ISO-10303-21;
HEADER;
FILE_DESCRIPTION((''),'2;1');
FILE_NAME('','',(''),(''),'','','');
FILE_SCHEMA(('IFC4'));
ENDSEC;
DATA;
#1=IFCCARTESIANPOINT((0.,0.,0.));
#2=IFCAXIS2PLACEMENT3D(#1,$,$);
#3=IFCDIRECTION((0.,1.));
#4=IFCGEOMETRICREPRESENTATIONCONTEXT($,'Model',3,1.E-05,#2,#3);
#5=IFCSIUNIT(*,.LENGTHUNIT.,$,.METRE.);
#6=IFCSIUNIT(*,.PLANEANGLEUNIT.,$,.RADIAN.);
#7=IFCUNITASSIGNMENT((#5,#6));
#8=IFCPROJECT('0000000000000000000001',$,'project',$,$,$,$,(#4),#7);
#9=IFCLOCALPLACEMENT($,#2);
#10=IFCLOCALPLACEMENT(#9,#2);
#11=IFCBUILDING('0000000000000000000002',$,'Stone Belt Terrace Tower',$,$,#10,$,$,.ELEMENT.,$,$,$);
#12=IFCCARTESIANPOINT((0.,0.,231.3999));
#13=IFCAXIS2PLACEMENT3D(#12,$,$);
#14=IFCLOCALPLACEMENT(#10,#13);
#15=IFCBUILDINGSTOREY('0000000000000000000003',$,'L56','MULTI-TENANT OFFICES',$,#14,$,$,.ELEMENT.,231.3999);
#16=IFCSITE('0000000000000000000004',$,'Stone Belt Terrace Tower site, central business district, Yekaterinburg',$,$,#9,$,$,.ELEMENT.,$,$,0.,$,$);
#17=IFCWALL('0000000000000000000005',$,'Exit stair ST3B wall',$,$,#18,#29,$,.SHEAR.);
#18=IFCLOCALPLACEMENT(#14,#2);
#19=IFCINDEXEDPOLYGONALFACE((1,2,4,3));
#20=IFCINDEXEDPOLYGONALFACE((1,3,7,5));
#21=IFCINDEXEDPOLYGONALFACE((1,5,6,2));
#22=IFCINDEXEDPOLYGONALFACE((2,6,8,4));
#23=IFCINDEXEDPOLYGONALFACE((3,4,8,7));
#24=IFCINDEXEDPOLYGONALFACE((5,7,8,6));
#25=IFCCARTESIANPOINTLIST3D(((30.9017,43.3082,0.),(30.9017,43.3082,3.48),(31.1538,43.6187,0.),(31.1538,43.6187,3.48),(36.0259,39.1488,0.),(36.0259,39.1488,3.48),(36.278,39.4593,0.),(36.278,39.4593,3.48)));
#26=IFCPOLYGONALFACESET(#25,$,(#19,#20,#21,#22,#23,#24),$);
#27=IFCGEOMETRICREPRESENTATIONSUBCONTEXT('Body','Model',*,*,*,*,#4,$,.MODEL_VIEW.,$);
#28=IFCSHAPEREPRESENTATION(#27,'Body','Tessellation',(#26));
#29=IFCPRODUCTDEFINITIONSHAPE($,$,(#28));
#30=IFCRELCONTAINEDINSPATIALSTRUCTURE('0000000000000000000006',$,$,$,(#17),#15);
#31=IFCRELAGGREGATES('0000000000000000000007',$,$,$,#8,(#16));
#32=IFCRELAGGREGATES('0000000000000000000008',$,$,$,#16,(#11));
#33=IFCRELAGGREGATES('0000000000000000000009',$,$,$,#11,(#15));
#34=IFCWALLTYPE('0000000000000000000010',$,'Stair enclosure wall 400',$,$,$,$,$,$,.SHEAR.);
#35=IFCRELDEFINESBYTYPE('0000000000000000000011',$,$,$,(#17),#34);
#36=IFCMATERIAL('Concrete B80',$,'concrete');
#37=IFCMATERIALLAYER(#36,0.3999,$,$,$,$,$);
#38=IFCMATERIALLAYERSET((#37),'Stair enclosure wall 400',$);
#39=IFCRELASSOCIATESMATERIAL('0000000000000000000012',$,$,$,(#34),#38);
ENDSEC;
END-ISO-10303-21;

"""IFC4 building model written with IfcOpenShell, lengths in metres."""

from ifc_helpers import new_model, si_unit, direction, frame, frame_2d, origin, place, context, subcontext, project, spatial, rectangle, extrude, material, layer, layer_set, type_object, element, save


model = new_model("IFC4")

# Units and contexts
model_context = context("Model", 3, precision=1e-05, world=origin(), true_north=direction((0.0, 1.0)))
body_context = subcontext(model_context, "Body", "Model", "MODEL_VIEW")
ifc_project = project(units=[si_unit("LENGTHUNIT", "METRE"), si_unit("PLANEANGLEUNIT", "RADIAN")], contexts=[model_context])

# Site, building, storey
site_placement = place(None, origin())
site = spatial("IfcSite", under=ifc_project, at=site_placement, Name="Stone Belt Terrace Tower site, central business district, Yekaterinburg", CompositionType="ELEMENT", RefElevation=0.0)
building_placement = place(site_placement, origin())
building = spatial("IfcBuilding", under=site, at=building_placement, Name="Stone Belt Terrace Tower", CompositionType="ELEMENT")
storey_placement = place(building_placement, frame((0.0, 0.0, 231.3999)))
storey = spatial("IfcBuildingStorey", under=building, at=storey_placement, Name="L56", Description="MULTI-TENANT OFFICES", CompositionType="ELEMENT", Elevation=231.3999)

# Shared definitions
ifc_material_1 = material(Name="Concrete B80", Category="concrete")

# Wall
ifc_layer_1 = layer(ifc_material_1, 0.3999)
ifc_layer_set_1 = layer_set([ifc_layer_1], Name="Stair enclosure wall 400")
wall_type_1 = type_object("IfcWallType", Name="Stair enclosure wall 400", PredefinedType="SHEAR", material=ifc_layer_set_1)
wall_1_placement = place(storey_placement, frame((31.0278, 43.4634, 0.0), z_axis=(0.0, 0.0, 1.0), x_axis=(0.776414, -0.630224, 0.0)))
element("IfcWall", 1, at=wall_1_placement, inside=storey, type_object=wall_type_1, Name="Exit stair ST3B wall", PredefinedType="SHEAR", context=body_context, shape_type="SweptSolid", body=[
    extrude(rectangle(XDim=6.5999, YDim=0.3999, at=frame_2d((3.2998, 0.0))), origin(), (0.0, 0.0, 1.0), 3.48),
])

save(model, "model.ifc")
